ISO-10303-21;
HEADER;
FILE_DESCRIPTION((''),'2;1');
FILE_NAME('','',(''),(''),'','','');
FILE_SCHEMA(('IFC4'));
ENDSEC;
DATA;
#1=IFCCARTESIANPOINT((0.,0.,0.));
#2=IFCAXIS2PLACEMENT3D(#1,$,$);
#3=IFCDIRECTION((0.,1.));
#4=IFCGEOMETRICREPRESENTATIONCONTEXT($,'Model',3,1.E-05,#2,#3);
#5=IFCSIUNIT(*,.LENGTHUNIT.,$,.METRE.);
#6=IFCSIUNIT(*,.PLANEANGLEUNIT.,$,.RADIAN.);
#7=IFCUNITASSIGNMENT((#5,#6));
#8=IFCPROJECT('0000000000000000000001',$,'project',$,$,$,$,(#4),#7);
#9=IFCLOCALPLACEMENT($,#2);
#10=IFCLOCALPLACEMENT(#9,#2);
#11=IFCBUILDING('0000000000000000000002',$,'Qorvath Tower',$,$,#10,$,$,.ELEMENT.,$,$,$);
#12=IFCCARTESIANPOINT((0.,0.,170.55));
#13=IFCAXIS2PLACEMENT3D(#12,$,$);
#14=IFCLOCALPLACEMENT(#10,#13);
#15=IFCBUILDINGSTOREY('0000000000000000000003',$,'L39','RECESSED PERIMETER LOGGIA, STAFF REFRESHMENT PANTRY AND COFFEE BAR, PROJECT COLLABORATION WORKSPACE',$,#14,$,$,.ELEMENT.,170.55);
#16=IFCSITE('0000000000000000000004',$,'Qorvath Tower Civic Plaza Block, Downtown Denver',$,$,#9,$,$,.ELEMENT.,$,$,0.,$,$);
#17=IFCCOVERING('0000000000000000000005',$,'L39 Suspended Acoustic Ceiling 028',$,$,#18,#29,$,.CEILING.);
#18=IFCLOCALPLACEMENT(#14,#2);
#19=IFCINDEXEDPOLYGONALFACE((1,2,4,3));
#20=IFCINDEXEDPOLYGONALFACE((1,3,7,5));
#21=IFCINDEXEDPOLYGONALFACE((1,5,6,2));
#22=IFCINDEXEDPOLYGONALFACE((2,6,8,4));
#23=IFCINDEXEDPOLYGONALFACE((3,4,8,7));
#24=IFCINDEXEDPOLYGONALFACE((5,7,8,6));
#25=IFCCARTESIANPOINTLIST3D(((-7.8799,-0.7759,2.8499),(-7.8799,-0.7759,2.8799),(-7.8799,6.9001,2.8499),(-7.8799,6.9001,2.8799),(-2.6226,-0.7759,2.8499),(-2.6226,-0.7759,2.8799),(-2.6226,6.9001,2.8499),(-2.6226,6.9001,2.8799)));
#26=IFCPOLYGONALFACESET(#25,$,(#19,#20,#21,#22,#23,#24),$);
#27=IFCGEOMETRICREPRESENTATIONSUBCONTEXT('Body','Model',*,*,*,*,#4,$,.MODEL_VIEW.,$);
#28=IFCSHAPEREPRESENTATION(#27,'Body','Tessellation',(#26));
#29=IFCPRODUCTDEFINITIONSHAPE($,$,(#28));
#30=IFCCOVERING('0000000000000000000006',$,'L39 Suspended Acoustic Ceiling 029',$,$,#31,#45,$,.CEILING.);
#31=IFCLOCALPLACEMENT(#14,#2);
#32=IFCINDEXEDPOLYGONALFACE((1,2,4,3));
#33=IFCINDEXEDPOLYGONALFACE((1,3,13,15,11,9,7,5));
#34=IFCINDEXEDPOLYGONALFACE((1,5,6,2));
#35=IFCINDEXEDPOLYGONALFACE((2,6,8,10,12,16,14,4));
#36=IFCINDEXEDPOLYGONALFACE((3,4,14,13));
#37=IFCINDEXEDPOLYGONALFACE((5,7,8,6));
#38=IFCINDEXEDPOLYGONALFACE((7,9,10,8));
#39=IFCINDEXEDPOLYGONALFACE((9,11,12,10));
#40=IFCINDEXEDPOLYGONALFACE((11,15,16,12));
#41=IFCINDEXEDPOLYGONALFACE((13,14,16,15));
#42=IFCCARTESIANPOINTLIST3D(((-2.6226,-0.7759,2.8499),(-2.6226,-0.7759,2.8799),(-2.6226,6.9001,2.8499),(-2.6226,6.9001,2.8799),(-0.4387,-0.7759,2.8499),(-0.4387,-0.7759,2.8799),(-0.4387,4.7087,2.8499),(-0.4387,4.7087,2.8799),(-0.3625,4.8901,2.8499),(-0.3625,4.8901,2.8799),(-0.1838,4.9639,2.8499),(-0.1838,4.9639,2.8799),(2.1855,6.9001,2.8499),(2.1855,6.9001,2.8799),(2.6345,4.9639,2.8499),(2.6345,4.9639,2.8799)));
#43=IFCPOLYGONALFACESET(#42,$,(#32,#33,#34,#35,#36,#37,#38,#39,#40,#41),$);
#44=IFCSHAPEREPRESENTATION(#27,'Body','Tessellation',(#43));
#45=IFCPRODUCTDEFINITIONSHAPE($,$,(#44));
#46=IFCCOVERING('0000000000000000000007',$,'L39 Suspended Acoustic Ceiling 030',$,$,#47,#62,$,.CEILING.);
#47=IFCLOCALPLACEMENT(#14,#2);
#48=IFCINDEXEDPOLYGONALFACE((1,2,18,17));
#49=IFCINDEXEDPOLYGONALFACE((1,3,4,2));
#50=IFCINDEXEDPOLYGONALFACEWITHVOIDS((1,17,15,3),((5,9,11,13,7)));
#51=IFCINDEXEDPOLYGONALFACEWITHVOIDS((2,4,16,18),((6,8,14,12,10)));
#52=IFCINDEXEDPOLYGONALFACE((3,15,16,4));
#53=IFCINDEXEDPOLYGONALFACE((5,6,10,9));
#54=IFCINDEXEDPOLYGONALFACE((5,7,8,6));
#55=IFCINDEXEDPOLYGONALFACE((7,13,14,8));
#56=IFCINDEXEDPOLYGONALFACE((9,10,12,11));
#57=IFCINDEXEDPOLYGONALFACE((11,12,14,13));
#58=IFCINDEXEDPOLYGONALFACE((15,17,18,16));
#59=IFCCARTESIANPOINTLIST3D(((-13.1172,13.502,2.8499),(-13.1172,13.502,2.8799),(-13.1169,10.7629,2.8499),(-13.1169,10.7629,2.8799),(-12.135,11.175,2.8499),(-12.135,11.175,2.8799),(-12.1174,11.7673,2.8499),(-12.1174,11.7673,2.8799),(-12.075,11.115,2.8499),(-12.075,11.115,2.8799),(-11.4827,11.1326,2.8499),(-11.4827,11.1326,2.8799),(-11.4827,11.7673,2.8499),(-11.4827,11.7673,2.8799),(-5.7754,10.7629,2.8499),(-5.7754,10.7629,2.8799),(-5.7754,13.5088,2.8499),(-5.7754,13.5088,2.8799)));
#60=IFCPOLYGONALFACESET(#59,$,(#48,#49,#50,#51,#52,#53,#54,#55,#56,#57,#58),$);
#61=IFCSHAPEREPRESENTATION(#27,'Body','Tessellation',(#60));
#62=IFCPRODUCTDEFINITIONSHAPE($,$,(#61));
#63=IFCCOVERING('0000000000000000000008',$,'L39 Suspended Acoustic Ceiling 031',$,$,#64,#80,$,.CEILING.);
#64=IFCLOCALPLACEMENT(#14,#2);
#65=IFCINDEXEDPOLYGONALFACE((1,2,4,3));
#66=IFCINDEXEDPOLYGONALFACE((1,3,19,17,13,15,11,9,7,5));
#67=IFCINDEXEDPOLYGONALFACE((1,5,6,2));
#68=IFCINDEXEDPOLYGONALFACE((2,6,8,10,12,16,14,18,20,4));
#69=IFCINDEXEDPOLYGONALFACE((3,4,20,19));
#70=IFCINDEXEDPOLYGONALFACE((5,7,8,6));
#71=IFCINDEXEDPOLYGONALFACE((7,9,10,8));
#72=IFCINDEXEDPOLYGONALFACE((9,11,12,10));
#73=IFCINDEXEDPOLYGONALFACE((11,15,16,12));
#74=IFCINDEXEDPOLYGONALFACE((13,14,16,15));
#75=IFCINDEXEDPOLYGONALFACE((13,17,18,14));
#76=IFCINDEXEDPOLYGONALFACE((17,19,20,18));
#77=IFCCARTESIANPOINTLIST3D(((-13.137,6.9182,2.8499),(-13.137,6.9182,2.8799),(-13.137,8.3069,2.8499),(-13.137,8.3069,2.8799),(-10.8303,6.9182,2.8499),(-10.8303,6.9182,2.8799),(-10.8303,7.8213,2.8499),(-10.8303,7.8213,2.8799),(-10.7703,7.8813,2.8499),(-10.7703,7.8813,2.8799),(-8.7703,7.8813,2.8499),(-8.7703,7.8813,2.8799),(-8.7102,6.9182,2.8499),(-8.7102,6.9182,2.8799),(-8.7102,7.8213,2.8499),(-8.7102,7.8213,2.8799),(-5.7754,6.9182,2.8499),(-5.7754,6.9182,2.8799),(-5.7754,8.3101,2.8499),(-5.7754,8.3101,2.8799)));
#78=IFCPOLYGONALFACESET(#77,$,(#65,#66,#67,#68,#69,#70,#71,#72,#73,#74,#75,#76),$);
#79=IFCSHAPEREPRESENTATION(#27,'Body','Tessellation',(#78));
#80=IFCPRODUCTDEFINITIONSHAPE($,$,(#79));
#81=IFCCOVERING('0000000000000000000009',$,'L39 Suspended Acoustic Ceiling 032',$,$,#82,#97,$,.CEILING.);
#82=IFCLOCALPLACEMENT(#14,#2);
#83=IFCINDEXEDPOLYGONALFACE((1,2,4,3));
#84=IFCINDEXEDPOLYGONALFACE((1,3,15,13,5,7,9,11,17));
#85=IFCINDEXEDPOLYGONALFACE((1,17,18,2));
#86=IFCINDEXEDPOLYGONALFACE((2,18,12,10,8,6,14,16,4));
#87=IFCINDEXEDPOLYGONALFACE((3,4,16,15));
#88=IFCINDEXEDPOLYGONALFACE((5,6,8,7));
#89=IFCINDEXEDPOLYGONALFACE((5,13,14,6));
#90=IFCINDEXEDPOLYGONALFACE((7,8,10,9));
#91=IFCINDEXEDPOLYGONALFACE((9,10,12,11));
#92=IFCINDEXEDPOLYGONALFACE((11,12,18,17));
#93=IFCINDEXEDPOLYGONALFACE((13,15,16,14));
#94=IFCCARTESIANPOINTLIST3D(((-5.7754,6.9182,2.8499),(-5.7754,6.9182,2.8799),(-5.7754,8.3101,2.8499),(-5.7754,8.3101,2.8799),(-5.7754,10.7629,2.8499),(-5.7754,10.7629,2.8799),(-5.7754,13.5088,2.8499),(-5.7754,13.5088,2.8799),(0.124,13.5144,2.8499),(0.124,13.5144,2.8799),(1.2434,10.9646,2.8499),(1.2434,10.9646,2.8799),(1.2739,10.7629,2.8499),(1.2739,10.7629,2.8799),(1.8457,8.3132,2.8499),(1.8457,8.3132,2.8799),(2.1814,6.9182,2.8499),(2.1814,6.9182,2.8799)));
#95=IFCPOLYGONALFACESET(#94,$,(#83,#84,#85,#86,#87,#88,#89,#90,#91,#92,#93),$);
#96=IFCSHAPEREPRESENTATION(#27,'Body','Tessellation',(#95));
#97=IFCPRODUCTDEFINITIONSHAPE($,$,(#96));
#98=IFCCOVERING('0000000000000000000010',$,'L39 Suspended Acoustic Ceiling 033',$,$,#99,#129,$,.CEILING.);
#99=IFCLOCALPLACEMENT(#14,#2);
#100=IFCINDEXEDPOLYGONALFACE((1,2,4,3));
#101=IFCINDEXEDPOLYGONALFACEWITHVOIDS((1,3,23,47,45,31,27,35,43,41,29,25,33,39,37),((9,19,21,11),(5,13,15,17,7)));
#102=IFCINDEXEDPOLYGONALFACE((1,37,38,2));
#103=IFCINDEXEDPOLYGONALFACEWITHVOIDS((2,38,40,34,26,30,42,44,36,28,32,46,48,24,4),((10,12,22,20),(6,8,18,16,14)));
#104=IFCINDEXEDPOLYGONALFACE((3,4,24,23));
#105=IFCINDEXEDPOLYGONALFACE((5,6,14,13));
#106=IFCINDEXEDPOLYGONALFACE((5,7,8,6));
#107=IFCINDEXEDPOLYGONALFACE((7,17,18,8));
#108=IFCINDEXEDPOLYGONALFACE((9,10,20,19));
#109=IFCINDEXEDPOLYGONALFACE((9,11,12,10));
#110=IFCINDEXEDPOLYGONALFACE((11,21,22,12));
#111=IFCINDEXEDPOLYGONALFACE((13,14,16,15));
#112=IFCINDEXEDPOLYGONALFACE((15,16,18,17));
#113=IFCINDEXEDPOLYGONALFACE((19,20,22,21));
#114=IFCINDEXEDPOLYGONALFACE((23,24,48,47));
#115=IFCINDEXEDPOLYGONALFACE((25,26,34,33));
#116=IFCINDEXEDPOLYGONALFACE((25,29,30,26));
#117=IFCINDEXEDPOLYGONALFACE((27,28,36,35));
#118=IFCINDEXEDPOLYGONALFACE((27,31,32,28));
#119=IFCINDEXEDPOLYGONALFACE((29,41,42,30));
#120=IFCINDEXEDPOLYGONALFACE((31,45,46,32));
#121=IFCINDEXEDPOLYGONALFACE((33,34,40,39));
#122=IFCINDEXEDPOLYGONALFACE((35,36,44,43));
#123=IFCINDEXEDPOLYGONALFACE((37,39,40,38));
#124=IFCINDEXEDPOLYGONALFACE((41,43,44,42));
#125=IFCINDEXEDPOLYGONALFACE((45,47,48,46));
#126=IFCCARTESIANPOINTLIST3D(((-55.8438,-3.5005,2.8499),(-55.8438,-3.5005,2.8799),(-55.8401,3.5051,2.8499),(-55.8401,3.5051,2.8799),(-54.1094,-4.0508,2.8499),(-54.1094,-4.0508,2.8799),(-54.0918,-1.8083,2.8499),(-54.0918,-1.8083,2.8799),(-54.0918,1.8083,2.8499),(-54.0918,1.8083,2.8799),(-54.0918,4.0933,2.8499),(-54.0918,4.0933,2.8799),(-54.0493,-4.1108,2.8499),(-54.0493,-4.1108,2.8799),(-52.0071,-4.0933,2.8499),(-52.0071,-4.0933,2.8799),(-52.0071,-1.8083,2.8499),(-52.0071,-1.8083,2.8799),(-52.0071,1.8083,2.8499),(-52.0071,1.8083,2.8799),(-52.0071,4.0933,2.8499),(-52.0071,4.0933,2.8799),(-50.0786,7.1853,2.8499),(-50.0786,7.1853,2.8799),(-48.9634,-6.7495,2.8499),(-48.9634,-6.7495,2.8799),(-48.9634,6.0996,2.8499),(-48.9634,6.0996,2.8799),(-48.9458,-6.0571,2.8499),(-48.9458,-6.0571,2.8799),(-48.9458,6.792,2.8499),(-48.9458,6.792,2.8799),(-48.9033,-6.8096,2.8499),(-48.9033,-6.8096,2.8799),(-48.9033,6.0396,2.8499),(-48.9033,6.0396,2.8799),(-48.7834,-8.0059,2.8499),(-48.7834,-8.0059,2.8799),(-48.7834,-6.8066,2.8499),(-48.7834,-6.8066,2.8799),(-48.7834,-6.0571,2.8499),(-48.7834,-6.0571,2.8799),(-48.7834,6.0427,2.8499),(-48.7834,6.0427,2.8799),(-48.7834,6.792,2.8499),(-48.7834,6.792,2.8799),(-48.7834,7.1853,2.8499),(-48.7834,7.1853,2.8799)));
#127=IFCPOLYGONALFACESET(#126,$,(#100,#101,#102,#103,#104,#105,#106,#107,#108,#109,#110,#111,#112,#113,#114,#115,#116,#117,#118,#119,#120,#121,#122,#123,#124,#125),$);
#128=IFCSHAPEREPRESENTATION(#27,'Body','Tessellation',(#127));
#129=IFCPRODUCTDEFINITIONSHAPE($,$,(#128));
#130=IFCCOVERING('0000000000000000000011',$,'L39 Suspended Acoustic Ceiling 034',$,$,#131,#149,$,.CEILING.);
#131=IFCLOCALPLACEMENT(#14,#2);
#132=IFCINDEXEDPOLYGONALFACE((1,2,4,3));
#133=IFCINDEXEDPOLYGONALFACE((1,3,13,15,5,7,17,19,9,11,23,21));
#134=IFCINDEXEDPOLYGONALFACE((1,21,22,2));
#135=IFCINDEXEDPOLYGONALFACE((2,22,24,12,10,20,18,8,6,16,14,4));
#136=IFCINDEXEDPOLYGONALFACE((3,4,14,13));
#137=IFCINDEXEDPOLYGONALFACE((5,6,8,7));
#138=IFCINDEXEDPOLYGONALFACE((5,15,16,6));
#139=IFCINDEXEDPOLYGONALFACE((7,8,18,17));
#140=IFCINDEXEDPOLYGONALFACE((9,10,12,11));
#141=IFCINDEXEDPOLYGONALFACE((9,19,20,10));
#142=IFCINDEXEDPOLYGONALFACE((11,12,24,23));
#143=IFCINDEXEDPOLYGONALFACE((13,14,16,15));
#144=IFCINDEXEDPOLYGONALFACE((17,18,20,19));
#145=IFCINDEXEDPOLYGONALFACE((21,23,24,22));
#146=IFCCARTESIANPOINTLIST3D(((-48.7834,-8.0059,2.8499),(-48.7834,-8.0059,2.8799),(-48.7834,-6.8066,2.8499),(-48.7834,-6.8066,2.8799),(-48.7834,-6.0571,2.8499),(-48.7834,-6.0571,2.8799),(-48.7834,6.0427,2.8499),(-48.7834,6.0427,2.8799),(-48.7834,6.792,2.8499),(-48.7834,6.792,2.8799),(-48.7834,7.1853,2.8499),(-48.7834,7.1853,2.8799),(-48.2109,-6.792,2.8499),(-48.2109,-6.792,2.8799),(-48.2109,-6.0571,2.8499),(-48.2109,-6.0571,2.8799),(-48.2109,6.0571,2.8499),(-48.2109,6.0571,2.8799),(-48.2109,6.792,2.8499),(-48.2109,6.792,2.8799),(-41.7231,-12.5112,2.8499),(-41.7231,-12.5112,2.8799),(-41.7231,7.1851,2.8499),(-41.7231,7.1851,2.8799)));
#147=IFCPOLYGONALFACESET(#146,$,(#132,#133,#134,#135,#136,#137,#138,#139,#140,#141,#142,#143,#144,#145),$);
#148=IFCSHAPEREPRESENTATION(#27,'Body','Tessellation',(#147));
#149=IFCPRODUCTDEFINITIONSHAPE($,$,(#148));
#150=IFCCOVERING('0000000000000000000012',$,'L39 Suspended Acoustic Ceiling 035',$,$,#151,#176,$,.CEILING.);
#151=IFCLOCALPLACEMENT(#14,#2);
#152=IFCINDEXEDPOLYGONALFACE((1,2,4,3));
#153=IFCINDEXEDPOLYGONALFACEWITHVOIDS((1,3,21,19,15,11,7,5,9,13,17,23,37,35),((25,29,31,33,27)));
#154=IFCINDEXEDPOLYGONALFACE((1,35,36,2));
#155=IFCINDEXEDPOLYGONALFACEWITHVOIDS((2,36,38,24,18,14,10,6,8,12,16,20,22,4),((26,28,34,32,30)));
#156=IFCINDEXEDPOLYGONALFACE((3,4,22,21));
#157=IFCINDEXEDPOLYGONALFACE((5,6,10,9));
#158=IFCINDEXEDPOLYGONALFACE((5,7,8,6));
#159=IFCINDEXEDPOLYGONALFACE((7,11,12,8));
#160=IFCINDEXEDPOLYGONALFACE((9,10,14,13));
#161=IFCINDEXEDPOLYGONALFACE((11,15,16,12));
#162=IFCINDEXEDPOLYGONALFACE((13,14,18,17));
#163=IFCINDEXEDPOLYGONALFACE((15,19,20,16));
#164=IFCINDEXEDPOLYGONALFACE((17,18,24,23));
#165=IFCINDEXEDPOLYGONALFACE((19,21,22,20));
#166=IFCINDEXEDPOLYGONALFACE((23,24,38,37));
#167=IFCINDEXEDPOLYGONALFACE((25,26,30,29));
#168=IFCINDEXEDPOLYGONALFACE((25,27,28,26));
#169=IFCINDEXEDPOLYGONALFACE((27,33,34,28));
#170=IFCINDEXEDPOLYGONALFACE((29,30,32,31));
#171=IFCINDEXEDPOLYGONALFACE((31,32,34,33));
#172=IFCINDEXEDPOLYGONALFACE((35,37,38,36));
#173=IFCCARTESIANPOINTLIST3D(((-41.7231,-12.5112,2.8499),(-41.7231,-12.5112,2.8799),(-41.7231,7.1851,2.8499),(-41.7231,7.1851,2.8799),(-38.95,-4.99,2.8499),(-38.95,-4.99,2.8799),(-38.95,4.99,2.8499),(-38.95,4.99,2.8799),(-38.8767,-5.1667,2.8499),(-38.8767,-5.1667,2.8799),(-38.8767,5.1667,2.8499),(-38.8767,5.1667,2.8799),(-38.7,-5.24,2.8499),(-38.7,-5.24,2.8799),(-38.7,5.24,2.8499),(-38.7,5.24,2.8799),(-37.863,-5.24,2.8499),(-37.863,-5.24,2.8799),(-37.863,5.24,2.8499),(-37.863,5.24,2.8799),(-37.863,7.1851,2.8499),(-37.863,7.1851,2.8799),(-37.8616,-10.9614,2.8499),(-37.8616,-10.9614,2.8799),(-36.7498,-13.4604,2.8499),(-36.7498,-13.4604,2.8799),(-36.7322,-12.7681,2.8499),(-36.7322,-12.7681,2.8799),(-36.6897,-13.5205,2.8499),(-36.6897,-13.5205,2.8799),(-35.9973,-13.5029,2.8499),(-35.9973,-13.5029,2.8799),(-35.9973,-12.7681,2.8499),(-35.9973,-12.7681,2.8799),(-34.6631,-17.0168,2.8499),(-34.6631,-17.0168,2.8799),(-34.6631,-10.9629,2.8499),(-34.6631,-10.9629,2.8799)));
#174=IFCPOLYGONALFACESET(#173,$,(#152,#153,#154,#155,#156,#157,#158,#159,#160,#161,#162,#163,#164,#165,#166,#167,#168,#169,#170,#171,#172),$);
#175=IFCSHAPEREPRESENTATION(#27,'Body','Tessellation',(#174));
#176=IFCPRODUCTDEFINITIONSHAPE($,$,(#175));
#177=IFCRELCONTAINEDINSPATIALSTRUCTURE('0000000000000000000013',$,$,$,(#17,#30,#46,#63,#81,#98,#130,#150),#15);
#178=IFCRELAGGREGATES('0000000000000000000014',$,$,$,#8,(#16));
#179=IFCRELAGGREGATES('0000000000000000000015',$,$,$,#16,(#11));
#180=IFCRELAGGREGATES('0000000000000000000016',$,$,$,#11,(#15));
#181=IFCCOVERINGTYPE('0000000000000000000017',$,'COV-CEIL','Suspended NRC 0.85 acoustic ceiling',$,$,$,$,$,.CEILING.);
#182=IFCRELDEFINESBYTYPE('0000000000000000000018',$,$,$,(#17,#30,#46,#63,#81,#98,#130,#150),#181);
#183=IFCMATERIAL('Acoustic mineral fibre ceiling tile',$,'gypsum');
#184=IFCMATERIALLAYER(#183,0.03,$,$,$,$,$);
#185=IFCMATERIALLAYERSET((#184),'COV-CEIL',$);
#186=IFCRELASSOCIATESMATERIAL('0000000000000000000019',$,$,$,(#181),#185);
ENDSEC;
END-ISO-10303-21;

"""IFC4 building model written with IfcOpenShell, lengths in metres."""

from ifc_helpers import new_model, si_unit, direction, frame, origin, place, context, subcontext, project, spatial, polyline, outline, extrude, material, layer, layer_set, type_object, element, save


model = new_model("IFC4")

# Units and contexts
model_context = context("Model", 3, precision=1e-05, world=origin(), true_north=direction((0.0, 1.0)))
body_context = subcontext(model_context, "Body", "Model", "MODEL_VIEW")
ifc_project = project(units=[si_unit("LENGTHUNIT", "METRE"), si_unit("PLANEANGLEUNIT", "RADIAN")], contexts=[model_context])

# Site, building, storey
site_placement = place(None, origin())
site = spatial("IfcSite", under=ifc_project, at=site_placement, Name="Qorvath Tower Civic Plaza Block, Downtown Denver", CompositionType="ELEMENT", RefElevation=0.0)
building_placement = place(site_placement, origin())
building = spatial("IfcBuilding", under=site, at=building_placement, Name="Qorvath Tower", CompositionType="ELEMENT")
storey_placement = place(building_placement, frame((0.0, 0.0, 170.55)))
storey = spatial("IfcBuildingStorey", under=building, at=storey_placement, Name="L39", Description="RECESSED PERIMETER LOGGIA, STAFF REFRESHMENT PANTRY AND COFFEE BAR, PROJECT COLLABORATION WORKSPACE", CompositionType="ELEMENT", Elevation=170.55)

# Coverings
ifc_material_1 = material(Name="Acoustic mineral fibre ceiling tile", Category="gypsum")
ifc_layer_1 = layer(ifc_material_1, 0.03)
ifc_layer_set_1 = layer_set([ifc_layer_1], Name="COV-CEIL")
covering_type_1 = type_object("IfcCoveringType", Name="COV-CEIL", Description="Suspended NRC 0.85 acoustic ceiling", PredefinedType="CEILING", material=ifc_layer_set_1)
covering_1_placement = place(storey_placement, frame((0.0, 0.0, 2.8499)))
element("IfcCovering", 1, at=covering_1_placement, inside=storey, type_object=covering_type_1, Name="L39 Suspended Acoustic Ceiling 028", PredefinedType="CEILING", context=body_context, shape_type="SweptSolid", body=[
    extrude(outline(polyline([(-2.6226, -0.7759), (-2.6226, 6.9001), (-7.8799, 6.9001), (-7.8799, -0.7759), (-2.6226, -0.7759)])), origin(), (0.0, 0.0, 1.0), 0.03),
])
covering_2_placement = place(storey_placement, frame((0.0, 0.0, 2.8499)))
element("IfcCovering", 2, at=covering_2_placement, inside=storey, type_object=covering_type_1, Name="L39 Suspended Acoustic Ceiling 029", PredefinedType="CEILING", context=body_context, shape_type="SweptSolid", body=[
    extrude(outline(polyline([(-0.3625, 4.8901), (-0.1838, 4.9639), (2.6345, 4.9639), (2.1855, 6.9001), (-2.6226, 6.9001), (-2.6226, -0.7759), (-0.4387, -0.7759), (-0.4387, 4.7087), (-0.3625, 4.8901)])), origin(), (0.0, 0.0, 1.0), 0.03),
])
covering_3_placement = place(storey_placement, frame((0.0, 0.0, 2.8499)))
element("IfcCovering", 3, at=covering_3_placement, inside=storey, type_object=covering_type_1, Name="L39 Suspended Acoustic Ceiling 030", PredefinedType="CEILING", context=body_context, shape_type="SweptSolid", body=[
    extrude(outline(polyline([(-5.7754, 10.7629), (-5.7754, 13.5088), (-13.1172, 13.502), (-13.1169, 10.7629), (-5.7754, 10.7629)]), holes=[polyline([(-12.135, 11.175), (-12.1174, 11.7673), (-11.4827, 11.7673), (-11.4827, 11.1326), (-12.075, 11.115), (-12.135, 11.175)])]), origin(), (0.0, 0.0, 1.0), 0.03),
])
covering_4_placement = place(storey_placement, frame((0.0, 0.0, 2.8499)))
element("IfcCovering", 4, at=covering_4_placement, inside=storey, type_object=covering_type_1, Name="L39 Suspended Acoustic Ceiling 031", PredefinedType="CEILING", context=body_context, shape_type="SweptSolid", body=[
    extrude(outline(polyline([(-8.7102, 7.8213), (-8.7102, 6.9182), (-5.7754, 6.9182), (-5.7754, 8.3101), (-13.137, 8.3069), (-13.137, 6.9182), (-10.8303, 6.9182), (-10.8303, 7.8213), (-10.7703, 7.8813), (-8.7703, 7.8813), (-8.7102, 7.8213)])), origin(), (0.0, 0.0, 1.0), 0.03),
])
covering_5_placement = place(storey_placement, frame((0.0, 0.0, 2.8499)))
element("IfcCovering", 5, at=covering_5_placement, inside=storey, type_object=covering_type_1, Name="L39 Suspended Acoustic Ceiling 032", PredefinedType="CEILING", context=body_context, shape_type="SweptSolid", body=[
    extrude(outline(polyline([(-5.7754, 8.3101), (-5.7754, 6.9182), (2.1814, 6.9182), (1.2434, 10.9646), (0.124, 13.5144), (-5.7754, 13.5088), (-5.7754, 10.7629), (1.2739, 10.7629), (1.8457, 8.3132), (-5.7754, 8.3101)])), origin(), (0.0, 0.0, 1.0), 0.03),
])
covering_6_placement = place(storey_placement, frame((0.0, 0.0, 2.8499)))
element("IfcCovering", 6, at=covering_6_placement, inside=storey, type_object=covering_type_1, Name="L39 Suspended Acoustic Ceiling 033", PredefinedType="CEILING", context=body_context, shape_type="SweptSolid", body=[
    extrude(outline(polyline([(-55.8401, 3.5051), (-55.8438, -3.5005), (-48.7834, -8.0059), (-48.7834, -6.8066), (-48.9033, -6.8096), (-48.9634, -6.7495), (-48.9458, -6.0571), (-48.7834, -6.0571), (-48.7834, 6.0427), (-48.9033, 6.0396), (-48.9634, 6.0996), (-48.9458, 6.792), (-48.7834, 6.792), (-48.7834, 7.1853), (-50.0786, 7.1853), (-55.8401, 3.5051)]), holes=[polyline([(-54.1094, -4.0508), (-54.0918, -1.8083), (-52.0071, -1.8083), (-52.0071, -4.0933), (-54.0493, -4.1108), (-54.1094, -4.0508)]), polyline([(-54.0918, 1.8083), (-54.0918, 4.0933), (-52.0071, 4.0933), (-52.0071, 1.8083), (-54.0918, 1.8083)])]), origin(), (0.0, 0.0, 1.0), 0.03),
])
covering_7_placement = place(storey_placement, frame((0.0, 0.0, 2.8499)))
element("IfcCovering", 7, at=covering_7_placement, inside=storey, type_object=covering_type_1, Name="L39 Suspended Acoustic Ceiling 034", PredefinedType="CEILING", context=body_context, shape_type="SweptSolid", body=[
    extrude(outline(polyline([(-48.7834, 7.1853), (-48.7834, 6.792), (-48.2109, 6.792), (-48.2109, 6.0571), (-48.7834, 6.0427), (-48.7834, -6.0571), (-48.2109, -6.0571), (-48.2109, -6.792), (-48.7834, -6.8066), (-48.7834, -8.0059), (-41.7231, -12.5112), (-41.7231, 7.1851), (-48.7834, 7.1853)])), origin(), (0.0, 0.0, 1.0), 0.03),
])
covering_8_placement = place(storey_placement, frame((0.0, 0.0, 2.8499)))
element("IfcCovering", 8, at=covering_8_placement, inside=storey, type_object=covering_type_1, Name="L39 Suspended Acoustic Ceiling 035", PredefinedType="CEILING", context=body_context, shape_type="SweptSolid", body=[
    extrude(outline(polyline([(-41.7231, 7.1851), (-41.7231, -12.5112), (-34.6631, -17.0168), (-34.6631, -10.9629), (-37.8616, -10.9614), (-37.863, -5.24), (-38.7, -5.24), (-38.8767, -5.1667), (-38.95, -4.99), (-38.95, 4.99), (-38.8767, 5.1667), (-38.7, 5.24), (-37.863, 5.24), (-37.863, 7.1851), (-41.7231, 7.1851)]), holes=[polyline([(-36.7498, -13.4604), (-36.7322, -12.7681), (-35.9973, -12.7681), (-35.9973, -13.5029), (-36.6897, -13.5205), (-36.7498, -13.4604)])]), origin(), (0.0, 0.0, 1.0), 0.03),
])

save(model, "model.ifc")
